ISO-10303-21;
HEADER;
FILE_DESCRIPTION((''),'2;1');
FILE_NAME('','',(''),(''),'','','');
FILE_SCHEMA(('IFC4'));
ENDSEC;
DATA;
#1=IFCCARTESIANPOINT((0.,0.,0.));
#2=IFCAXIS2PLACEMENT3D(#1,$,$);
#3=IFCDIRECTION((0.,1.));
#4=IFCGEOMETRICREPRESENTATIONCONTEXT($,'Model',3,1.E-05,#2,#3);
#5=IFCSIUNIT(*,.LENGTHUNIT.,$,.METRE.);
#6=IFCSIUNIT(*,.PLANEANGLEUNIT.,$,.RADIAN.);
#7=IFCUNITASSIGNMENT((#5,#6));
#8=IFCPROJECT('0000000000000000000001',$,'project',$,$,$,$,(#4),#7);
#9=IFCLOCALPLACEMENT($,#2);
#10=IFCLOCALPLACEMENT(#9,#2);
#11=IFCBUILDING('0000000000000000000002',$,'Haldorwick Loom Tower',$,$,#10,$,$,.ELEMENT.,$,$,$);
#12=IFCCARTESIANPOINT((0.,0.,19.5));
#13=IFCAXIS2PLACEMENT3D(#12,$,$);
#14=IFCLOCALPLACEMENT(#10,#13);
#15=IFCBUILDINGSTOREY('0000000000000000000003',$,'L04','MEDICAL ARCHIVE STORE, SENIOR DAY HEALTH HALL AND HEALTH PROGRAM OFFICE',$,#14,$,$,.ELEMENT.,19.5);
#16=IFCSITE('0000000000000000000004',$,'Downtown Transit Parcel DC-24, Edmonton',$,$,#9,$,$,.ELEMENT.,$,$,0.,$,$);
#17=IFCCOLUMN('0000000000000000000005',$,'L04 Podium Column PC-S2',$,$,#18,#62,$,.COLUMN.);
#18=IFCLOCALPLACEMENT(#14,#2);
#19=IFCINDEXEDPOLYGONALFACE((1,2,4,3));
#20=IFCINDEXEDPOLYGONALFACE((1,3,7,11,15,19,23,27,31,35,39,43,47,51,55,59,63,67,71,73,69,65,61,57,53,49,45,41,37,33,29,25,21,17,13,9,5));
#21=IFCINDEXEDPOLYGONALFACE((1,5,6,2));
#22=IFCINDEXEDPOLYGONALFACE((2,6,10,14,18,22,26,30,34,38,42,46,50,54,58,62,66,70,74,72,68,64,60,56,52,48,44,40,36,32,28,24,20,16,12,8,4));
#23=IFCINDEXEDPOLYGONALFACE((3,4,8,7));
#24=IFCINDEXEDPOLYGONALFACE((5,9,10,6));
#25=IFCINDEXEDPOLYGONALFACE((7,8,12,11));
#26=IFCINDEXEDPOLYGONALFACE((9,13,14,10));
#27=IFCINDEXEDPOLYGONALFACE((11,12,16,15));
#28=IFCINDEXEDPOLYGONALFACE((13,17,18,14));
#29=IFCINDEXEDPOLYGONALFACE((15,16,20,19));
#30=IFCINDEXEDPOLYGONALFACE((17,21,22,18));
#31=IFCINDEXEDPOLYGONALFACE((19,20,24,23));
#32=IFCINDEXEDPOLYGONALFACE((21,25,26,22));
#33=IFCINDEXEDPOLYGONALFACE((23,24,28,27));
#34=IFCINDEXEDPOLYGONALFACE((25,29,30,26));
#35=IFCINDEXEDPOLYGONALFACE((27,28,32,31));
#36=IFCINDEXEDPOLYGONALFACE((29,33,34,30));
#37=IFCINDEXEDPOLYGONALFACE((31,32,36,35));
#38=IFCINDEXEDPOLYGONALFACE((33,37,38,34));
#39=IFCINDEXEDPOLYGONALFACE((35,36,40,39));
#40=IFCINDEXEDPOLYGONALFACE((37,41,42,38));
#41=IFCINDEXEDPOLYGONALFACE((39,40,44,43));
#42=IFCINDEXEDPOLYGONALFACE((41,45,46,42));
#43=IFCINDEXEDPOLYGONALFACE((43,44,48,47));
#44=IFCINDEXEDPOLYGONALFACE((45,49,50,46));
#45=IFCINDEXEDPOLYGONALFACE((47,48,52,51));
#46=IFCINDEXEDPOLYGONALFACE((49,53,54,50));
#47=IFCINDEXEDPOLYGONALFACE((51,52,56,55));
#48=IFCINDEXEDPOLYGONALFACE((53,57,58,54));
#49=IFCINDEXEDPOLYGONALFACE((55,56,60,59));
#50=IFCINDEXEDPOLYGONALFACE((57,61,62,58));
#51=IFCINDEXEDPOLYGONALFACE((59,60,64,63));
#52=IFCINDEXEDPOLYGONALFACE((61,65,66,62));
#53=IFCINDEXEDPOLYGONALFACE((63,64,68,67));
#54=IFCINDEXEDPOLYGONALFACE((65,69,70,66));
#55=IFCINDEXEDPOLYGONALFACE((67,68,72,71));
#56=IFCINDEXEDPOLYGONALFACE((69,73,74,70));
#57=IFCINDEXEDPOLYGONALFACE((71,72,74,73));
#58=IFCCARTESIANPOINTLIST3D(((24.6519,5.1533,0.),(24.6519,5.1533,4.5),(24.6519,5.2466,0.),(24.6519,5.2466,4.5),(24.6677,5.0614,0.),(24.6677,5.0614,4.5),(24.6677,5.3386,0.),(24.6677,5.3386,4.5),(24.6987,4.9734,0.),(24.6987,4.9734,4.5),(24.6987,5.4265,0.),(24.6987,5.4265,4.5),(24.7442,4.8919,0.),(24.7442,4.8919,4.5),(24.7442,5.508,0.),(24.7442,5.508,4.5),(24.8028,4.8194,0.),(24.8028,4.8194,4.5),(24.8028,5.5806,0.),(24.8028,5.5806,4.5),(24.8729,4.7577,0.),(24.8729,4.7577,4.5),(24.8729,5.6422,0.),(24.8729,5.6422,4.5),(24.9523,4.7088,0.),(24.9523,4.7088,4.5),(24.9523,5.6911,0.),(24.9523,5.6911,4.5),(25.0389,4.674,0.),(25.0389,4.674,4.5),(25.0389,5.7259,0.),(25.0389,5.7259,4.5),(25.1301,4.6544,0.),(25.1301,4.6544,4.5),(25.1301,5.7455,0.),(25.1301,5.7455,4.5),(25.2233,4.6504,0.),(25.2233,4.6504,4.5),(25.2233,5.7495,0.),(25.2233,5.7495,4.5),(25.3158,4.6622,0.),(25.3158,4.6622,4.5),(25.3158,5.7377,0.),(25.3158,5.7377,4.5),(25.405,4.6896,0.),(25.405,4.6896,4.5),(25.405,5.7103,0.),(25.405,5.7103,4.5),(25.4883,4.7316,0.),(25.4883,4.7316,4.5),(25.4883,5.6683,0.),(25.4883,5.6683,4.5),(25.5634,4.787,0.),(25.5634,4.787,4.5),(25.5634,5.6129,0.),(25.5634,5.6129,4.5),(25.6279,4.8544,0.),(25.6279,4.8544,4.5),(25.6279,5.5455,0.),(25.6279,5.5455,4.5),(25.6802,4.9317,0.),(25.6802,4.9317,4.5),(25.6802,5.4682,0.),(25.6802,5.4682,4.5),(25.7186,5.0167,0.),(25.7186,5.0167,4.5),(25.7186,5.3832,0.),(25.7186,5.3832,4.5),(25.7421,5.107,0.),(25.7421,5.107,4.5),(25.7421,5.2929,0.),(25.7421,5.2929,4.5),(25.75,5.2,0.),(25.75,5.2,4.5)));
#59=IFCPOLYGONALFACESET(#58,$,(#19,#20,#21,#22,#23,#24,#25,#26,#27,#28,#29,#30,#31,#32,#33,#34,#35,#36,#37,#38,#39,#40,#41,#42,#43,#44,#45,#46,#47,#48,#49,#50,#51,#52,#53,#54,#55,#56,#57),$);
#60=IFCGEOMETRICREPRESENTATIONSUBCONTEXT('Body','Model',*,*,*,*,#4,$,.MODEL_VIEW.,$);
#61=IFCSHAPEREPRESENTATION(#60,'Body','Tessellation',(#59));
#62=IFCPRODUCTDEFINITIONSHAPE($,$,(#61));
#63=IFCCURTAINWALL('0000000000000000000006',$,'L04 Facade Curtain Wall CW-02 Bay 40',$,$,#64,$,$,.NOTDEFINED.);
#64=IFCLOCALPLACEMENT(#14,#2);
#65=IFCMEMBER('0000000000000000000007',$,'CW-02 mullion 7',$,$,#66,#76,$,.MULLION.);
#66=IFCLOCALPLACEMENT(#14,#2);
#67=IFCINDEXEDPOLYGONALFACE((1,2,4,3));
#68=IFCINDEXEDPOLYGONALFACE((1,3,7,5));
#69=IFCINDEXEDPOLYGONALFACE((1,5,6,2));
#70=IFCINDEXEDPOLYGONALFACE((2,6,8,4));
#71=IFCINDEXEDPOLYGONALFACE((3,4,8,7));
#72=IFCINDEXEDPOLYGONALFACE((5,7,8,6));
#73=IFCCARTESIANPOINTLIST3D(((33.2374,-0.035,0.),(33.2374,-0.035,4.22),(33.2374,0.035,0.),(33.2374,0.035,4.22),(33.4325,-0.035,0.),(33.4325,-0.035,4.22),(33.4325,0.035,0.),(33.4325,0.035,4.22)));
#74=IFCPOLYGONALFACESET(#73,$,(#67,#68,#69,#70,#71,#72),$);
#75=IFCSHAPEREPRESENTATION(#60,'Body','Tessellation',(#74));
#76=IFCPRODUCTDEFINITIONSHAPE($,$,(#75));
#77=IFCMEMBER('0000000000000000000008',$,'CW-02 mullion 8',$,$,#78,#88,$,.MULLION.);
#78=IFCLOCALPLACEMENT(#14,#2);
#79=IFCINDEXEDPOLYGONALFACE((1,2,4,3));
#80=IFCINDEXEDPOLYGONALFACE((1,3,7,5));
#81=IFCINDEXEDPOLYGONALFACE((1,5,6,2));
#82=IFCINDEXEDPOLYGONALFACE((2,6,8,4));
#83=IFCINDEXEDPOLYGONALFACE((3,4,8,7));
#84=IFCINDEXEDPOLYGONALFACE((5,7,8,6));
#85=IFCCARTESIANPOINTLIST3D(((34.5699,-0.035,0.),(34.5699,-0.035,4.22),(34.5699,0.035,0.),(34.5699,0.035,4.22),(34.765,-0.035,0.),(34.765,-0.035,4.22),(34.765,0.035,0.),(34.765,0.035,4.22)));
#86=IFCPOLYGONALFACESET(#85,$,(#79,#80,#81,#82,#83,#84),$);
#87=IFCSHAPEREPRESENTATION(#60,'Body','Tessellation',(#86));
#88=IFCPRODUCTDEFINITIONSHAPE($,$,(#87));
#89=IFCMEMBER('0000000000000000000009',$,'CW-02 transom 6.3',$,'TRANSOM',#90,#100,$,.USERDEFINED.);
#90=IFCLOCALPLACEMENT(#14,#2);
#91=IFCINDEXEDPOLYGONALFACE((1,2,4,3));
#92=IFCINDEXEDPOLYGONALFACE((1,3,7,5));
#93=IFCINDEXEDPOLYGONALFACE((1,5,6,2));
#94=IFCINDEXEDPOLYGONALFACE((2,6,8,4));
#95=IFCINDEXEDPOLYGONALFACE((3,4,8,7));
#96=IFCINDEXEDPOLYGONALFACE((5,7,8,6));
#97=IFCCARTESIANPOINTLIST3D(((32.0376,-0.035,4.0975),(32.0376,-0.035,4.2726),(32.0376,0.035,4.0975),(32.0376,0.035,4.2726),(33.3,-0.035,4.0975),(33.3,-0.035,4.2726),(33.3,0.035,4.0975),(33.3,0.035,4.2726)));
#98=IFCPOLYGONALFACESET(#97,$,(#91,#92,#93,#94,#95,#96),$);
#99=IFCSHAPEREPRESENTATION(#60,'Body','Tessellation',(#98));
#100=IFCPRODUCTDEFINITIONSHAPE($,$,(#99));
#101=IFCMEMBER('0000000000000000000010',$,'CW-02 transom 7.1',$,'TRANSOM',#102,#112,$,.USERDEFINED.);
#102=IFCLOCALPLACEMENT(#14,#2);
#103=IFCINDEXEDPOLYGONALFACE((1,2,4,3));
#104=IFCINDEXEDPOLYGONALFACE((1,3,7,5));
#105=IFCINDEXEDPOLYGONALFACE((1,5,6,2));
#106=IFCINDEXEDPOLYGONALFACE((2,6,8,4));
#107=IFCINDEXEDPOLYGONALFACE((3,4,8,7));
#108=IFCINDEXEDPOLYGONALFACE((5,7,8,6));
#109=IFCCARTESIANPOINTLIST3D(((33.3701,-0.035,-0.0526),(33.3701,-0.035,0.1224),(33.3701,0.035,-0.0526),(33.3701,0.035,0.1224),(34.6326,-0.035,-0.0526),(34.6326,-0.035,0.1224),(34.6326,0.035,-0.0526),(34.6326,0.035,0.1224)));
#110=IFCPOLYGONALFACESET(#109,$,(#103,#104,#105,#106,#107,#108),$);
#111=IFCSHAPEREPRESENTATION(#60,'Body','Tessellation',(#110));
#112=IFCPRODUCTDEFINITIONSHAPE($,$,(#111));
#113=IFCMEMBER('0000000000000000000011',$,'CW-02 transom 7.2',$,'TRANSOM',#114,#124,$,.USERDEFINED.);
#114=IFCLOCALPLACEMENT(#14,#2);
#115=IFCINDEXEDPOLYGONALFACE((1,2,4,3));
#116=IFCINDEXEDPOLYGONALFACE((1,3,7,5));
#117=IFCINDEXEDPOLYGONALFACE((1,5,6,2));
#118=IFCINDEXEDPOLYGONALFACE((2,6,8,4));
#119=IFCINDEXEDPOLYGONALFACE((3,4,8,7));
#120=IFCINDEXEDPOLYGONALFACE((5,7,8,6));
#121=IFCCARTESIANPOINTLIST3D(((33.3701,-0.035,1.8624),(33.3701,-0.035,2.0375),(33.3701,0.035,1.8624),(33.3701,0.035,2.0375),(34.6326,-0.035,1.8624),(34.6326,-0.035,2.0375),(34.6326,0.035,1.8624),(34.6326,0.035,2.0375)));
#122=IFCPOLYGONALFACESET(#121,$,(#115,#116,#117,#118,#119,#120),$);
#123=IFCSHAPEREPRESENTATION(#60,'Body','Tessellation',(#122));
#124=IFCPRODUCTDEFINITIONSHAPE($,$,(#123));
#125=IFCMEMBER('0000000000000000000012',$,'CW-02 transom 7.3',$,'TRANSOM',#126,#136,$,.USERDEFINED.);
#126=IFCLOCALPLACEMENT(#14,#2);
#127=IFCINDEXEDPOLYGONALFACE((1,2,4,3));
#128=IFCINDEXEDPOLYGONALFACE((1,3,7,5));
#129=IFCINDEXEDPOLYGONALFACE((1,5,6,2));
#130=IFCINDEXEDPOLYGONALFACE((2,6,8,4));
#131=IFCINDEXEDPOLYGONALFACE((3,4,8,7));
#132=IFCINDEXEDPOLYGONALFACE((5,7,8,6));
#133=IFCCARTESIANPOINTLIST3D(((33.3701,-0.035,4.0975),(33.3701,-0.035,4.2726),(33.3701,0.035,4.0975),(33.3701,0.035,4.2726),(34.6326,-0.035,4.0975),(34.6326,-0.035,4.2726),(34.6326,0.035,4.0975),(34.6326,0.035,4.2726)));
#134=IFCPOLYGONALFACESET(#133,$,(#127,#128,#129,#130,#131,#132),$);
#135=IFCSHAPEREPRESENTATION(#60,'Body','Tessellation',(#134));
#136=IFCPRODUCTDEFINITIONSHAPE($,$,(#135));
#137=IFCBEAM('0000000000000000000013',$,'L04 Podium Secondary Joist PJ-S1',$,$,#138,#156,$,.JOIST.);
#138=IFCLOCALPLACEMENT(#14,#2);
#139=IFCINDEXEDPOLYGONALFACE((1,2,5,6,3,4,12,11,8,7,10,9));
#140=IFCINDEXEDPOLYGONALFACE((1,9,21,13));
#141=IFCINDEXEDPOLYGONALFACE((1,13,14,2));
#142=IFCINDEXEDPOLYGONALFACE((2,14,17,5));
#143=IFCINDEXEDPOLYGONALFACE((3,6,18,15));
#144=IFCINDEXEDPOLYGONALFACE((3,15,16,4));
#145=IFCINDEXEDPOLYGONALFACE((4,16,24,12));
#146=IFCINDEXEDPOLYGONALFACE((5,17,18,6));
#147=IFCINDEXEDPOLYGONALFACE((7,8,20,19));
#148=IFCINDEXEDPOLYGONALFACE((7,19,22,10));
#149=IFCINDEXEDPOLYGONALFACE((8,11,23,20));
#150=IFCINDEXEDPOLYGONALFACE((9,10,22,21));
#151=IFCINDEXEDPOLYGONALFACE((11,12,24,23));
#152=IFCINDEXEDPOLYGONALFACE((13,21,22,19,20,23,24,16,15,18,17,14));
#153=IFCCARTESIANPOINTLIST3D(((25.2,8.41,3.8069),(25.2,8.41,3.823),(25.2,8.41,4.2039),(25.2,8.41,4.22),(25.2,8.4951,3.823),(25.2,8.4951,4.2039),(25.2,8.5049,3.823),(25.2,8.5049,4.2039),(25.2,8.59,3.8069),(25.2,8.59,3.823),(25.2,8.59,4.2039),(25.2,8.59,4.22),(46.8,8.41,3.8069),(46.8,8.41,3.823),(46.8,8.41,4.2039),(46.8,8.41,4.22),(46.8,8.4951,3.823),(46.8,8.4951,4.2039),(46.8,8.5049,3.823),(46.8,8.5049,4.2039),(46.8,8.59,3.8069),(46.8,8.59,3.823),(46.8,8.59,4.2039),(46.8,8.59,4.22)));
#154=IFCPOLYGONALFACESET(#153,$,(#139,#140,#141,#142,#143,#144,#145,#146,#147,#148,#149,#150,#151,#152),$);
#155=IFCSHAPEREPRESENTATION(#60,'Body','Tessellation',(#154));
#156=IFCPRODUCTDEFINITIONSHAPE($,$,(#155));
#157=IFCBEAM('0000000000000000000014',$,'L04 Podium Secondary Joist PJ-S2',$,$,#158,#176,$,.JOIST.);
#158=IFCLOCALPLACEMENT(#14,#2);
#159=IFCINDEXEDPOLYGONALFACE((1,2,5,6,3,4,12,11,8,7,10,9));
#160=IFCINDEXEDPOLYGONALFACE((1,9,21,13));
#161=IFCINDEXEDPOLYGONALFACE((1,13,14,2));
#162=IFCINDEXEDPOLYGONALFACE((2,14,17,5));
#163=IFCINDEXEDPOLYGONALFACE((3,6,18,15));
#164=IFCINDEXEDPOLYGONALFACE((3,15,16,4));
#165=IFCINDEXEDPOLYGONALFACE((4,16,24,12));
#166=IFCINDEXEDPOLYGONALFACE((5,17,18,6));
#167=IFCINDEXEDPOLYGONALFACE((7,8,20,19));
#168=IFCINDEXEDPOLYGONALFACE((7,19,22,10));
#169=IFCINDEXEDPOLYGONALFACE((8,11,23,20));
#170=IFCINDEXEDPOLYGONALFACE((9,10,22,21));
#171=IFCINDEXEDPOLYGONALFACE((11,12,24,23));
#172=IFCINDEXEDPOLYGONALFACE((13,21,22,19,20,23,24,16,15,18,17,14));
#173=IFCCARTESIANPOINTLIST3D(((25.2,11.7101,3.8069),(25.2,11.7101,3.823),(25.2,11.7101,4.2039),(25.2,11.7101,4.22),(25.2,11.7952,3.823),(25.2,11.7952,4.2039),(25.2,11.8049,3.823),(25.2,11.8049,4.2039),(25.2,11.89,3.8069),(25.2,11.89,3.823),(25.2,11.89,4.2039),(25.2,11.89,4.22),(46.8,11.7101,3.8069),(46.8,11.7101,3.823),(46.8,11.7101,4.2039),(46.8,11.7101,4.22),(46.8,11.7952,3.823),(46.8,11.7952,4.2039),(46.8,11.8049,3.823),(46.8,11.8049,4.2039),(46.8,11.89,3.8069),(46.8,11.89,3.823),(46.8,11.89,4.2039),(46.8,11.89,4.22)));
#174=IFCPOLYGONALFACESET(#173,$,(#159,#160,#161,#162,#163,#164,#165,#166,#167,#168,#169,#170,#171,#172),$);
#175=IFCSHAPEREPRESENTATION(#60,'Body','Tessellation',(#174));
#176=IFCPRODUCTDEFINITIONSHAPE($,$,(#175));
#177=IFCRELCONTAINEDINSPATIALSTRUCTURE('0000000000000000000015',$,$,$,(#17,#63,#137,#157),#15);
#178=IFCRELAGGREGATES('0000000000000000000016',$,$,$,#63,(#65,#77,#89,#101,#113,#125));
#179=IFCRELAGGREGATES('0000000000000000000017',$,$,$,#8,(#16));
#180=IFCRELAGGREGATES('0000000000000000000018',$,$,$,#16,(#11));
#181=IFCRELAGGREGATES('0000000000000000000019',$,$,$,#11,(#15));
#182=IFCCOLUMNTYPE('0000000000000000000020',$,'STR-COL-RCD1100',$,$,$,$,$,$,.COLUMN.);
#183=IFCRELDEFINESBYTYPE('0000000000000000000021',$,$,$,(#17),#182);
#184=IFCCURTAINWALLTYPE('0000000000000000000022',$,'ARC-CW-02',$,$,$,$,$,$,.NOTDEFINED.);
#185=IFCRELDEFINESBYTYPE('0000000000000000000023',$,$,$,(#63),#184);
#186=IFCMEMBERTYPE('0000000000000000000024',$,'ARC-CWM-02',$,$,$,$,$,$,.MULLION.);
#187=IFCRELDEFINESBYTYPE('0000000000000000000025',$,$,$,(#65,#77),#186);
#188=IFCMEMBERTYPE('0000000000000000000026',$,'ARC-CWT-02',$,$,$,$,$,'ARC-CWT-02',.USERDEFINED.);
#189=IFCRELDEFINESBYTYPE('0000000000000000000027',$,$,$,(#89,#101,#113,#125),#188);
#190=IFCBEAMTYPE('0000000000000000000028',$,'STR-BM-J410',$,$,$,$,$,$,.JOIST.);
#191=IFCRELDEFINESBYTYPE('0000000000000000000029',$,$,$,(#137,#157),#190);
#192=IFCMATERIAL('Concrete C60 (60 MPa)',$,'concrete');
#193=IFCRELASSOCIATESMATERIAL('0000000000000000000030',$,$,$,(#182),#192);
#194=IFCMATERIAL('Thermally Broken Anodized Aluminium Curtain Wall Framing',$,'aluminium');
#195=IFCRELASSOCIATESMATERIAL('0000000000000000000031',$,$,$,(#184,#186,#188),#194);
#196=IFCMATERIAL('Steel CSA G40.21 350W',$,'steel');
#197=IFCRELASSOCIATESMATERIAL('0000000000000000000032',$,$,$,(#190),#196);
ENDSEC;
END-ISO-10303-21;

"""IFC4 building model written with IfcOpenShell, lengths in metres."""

from ifc_helpers import new_model, si_unit, direction, frame, origin, origin_2d, place, context, subcontext, project, spatial, rectangle, circle, i_section, extrude, material, material_profile, profile_set, type_object, element, aggregate, save


model = new_model("IFC4")

# Units and contexts
model_context = context("Model", 3, precision=1e-05, world=origin(), true_north=direction((0.0, 1.0)))
body_context = subcontext(model_context, "Body", "Model", "MODEL_VIEW")
ifc_project = project(units=[si_unit("LENGTHUNIT", "METRE"), si_unit("PLANEANGLEUNIT", "RADIAN")], contexts=[model_context])

# Site, building, storey
site_placement = place(None, origin())
site = spatial("IfcSite", under=ifc_project, at=site_placement, Name="Downtown Transit Parcel DC-24, Edmonton", CompositionType="ELEMENT", RefElevation=0.0)
building_placement = place(site_placement, origin())
building = spatial("IfcBuilding", under=site, at=building_placement, Name="Haldorwick Loom Tower", CompositionType="ELEMENT")
storey_placement = place(building_placement, frame((0.0, 0.0, 19.5)))
storey = spatial("IfcBuildingStorey", under=building, at=storey_placement, Name="L04", Description="MEDICAL ARCHIVE STORE, SENIOR DAY HEALTH HALL AND HEALTH PROGRAM OFFICE", CompositionType="ELEMENT", Elevation=19.5)

# Column
ifc_material_1 = material(Name="Concrete C60 (60 MPa)", Category="concrete")
ifc_material_profile_1 = material_profile(ifc_material_1, circle(Radius=0.55, at=origin_2d()), Name="RCD1100", Category="concrete")
ifc_profile_set_1 = profile_set([ifc_material_profile_1], Name="Concrete C60 (60 MPa)")
column_type = type_object("IfcColumnType", Name="STR-COL-RCD1100", PredefinedType="COLUMN", material=ifc_profile_set_1)
column_placement = place(storey_placement, frame((25.2, 5.2, 0.0), z_axis=(0.0, 0.0, 1.0), x_axis=(1.0, 0.0, 0.0)))
element("IfcColumn", 1, at=column_placement, inside=storey, type_object=column_type, Name="L04 Podium Column PC-S2", PredefinedType="COLUMN", context=body_context, shape_type="SweptSolid", body=[
    extrude(circle(Radius=0.55, at=origin_2d()), origin(), (0.0, 0.0, 1.0), 4.5),
])

# Curtain wall, members
ifc_material_2 = material(Name="Thermally Broken Anodized Aluminium Curtain Wall Framing", Category="aluminium")
curtain_wall_type = type_object("IfcCurtainWallType", Name="ARC-CW-02", PredefinedType="NOTDEFINED", material=ifc_material_2)
curtain_wall_placement = place(storey_placement, origin())
curtain_wall = element("IfcCurtainWall", 2, at=curtain_wall_placement, inside=storey, type_object=curtain_wall_type, Name="L04 Facade Curtain Wall CW-02 Bay 40", PredefinedType="NOTDEFINED")
ifc_material_profile_2 = material_profile(ifc_material_2, rectangle(XDim=0.0701, YDim=0.1951, at=origin_2d()), Name="ALU_MUL_70X195", Category="aluminium")
ifc_profile_set_2 = profile_set([ifc_material_profile_2], Name="Thermally Broken Anodized Aluminium Curtain Wall Framing")
member_type_1 = type_object("IfcMemberType", Name="ARC-CWM-02", PredefinedType="MULLION", material=ifc_profile_set_2)
member_1_placement = place(storey_placement, frame((33.335, 0.0, 0.0), z_axis=(0.0, 0.0, 1.0), x_axis=(0.0, 1.0, 0.0)))
member_1 = element("IfcMember", 3, at=member_1_placement, type_object=member_type_1, Name="CW-02 mullion 7", PredefinedType="MULLION", context=body_context, shape_type="SweptSolid", body=[
    extrude(rectangle(XDim=0.0701, YDim=0.1951, at=origin_2d()), origin(), (0.0, 0.0, 1.0), 4.22),
])
member_2_placement = place(storey_placement, frame((34.6675, 0.0, 0.0), z_axis=(0.0, 0.0, 1.0), x_axis=(0.0, 1.0, 0.0)))
member_2 = element("IfcMember", 4, at=member_2_placement, type_object=member_type_1, Name="CW-02 mullion 8", PredefinedType="MULLION", context=body_context, shape_type="SweptSolid", body=[
    extrude(rectangle(XDim=0.0701, YDim=0.1951, at=origin_2d()), origin(), (0.0, 0.0, 1.0), 4.22),
])
ifc_material_profile_3 = material_profile(ifc_material_2, rectangle(XDim=0.0701, YDim=0.175, at=origin_2d()), Name="ALU_TRN_70X175", Category="aluminium")
ifc_profile_set_3 = profile_set([ifc_material_profile_3], Name="Thermally Broken Anodized Aluminium Curtain Wall Framing")
member_type_2 = type_object("IfcMemberType", Name="ARC-CWT-02", ElementType="ARC-CWT-02", PredefinedType="USERDEFINED", material=ifc_profile_set_3)
member_3_placement = place(storey_placement, frame((32.0376, 0.0, 4.1851), z_axis=(1.0, 0.0, 0.0), x_axis=(0.0, 1.0, 0.0)))
member_3 = element("IfcMember", 5, at=member_3_placement, type_object=member_type_2, Name="CW-02 transom 6.3", ObjectType="TRANSOM", PredefinedType="USERDEFINED", context=body_context, shape_type="SweptSolid", body=[
    extrude(rectangle(XDim=0.0701, YDim=0.175, at=origin_2d()), origin(), (0.0, 0.0, 1.0), 1.2625),
])
member_4_placement = place(storey_placement, frame((33.3701, 0.0, 0.0349), z_axis=(1.0, 0.0, 0.0), x_axis=(0.0, 1.0, 0.0)))
member_4 = element("IfcMember", 6, at=member_4_placement, type_object=member_type_2, Name="CW-02 transom 7.1", ObjectType="TRANSOM", PredefinedType="USERDEFINED", context=body_context, shape_type="SweptSolid", body=[
    extrude(rectangle(XDim=0.0701, YDim=0.175, at=origin_2d()), origin(), (0.0, 0.0, 1.0), 1.2625),
])
member_5_placement = place(storey_placement, frame((33.3701, 0.0, 1.95), z_axis=(1.0, 0.0, 0.0), x_axis=(0.0, 1.0, 0.0)))
member_5 = element("IfcMember", 7, at=member_5_placement, type_object=member_type_2, Name="CW-02 transom 7.2", ObjectType="TRANSOM", PredefinedType="USERDEFINED", context=body_context, shape_type="SweptSolid", body=[
    extrude(rectangle(XDim=0.0701, YDim=0.175, at=origin_2d()), origin(), (0.0, 0.0, 1.0), 1.2625),
])
member_6_placement = place(storey_placement, frame((33.3701, 0.0, 4.1851), z_axis=(1.0, 0.0, 0.0), x_axis=(0.0, 1.0, 0.0)))
member_6 = element("IfcMember", 8, at=member_6_placement, type_object=member_type_2, Name="CW-02 transom 7.3", ObjectType="TRANSOM", PredefinedType="USERDEFINED", context=body_context, shape_type="SweptSolid", body=[
    extrude(rectangle(XDim=0.0701, YDim=0.175, at=origin_2d()), origin(), (0.0, 0.0, 1.0), 1.2625),
])

# Beams
ifc_material_3 = material(Name="Steel CSA G40.21 350W", Category="steel")
ifc_material_profile_4 = material_profile(ifc_material_3, i_section(OverallWidth=0.1799, OverallDepth=0.4131, WebThickness=0.0098, FlangeThickness=0.0161, at=origin_2d()), Name="W410X74", Category="steel")
ifc_profile_set_4 = profile_set([ifc_material_profile_4], Name="Steel CSA G40.21 350W")
beam_type_1 = type_object("IfcBeamType", Name="STR-BM-J410", PredefinedType="JOIST", material=ifc_profile_set_4)
for number, where, z_axis, x_axis, name in (
    (9, (25.2, 8.5, 4.0134), (1.0, 0.0, 0.0), (0.0, 1.0, 0.0), "L04 Podium Secondary Joist PJ-S1"),
    (10, (25.2, 11.8, 4.0134), (1.0, 0.0, 0.0), (0.0, 1.0, 0.0), "L04 Podium Secondary Joist PJ-S2"),
):
    element("IfcBeam", number, at=place(storey_placement, frame(where, z_axis=z_axis, x_axis=x_axis)), inside=storey, type_object=beam_type_1, Name=name, PredefinedType="JOIST", context=body_context, shape_type="SweptSolid", body=[
        extrude(i_section(OverallWidth=0.1799, OverallDepth=0.4131, WebThickness=0.0098, FlangeThickness=0.0161, at=origin_2d()), origin(), (0.0, 0.0, 1.0), 21.6001),
    ])

aggregate(curtain_wall, [member_1, member_2, member_3, member_4, member_5, member_6])

save(model, "model.ifc")
